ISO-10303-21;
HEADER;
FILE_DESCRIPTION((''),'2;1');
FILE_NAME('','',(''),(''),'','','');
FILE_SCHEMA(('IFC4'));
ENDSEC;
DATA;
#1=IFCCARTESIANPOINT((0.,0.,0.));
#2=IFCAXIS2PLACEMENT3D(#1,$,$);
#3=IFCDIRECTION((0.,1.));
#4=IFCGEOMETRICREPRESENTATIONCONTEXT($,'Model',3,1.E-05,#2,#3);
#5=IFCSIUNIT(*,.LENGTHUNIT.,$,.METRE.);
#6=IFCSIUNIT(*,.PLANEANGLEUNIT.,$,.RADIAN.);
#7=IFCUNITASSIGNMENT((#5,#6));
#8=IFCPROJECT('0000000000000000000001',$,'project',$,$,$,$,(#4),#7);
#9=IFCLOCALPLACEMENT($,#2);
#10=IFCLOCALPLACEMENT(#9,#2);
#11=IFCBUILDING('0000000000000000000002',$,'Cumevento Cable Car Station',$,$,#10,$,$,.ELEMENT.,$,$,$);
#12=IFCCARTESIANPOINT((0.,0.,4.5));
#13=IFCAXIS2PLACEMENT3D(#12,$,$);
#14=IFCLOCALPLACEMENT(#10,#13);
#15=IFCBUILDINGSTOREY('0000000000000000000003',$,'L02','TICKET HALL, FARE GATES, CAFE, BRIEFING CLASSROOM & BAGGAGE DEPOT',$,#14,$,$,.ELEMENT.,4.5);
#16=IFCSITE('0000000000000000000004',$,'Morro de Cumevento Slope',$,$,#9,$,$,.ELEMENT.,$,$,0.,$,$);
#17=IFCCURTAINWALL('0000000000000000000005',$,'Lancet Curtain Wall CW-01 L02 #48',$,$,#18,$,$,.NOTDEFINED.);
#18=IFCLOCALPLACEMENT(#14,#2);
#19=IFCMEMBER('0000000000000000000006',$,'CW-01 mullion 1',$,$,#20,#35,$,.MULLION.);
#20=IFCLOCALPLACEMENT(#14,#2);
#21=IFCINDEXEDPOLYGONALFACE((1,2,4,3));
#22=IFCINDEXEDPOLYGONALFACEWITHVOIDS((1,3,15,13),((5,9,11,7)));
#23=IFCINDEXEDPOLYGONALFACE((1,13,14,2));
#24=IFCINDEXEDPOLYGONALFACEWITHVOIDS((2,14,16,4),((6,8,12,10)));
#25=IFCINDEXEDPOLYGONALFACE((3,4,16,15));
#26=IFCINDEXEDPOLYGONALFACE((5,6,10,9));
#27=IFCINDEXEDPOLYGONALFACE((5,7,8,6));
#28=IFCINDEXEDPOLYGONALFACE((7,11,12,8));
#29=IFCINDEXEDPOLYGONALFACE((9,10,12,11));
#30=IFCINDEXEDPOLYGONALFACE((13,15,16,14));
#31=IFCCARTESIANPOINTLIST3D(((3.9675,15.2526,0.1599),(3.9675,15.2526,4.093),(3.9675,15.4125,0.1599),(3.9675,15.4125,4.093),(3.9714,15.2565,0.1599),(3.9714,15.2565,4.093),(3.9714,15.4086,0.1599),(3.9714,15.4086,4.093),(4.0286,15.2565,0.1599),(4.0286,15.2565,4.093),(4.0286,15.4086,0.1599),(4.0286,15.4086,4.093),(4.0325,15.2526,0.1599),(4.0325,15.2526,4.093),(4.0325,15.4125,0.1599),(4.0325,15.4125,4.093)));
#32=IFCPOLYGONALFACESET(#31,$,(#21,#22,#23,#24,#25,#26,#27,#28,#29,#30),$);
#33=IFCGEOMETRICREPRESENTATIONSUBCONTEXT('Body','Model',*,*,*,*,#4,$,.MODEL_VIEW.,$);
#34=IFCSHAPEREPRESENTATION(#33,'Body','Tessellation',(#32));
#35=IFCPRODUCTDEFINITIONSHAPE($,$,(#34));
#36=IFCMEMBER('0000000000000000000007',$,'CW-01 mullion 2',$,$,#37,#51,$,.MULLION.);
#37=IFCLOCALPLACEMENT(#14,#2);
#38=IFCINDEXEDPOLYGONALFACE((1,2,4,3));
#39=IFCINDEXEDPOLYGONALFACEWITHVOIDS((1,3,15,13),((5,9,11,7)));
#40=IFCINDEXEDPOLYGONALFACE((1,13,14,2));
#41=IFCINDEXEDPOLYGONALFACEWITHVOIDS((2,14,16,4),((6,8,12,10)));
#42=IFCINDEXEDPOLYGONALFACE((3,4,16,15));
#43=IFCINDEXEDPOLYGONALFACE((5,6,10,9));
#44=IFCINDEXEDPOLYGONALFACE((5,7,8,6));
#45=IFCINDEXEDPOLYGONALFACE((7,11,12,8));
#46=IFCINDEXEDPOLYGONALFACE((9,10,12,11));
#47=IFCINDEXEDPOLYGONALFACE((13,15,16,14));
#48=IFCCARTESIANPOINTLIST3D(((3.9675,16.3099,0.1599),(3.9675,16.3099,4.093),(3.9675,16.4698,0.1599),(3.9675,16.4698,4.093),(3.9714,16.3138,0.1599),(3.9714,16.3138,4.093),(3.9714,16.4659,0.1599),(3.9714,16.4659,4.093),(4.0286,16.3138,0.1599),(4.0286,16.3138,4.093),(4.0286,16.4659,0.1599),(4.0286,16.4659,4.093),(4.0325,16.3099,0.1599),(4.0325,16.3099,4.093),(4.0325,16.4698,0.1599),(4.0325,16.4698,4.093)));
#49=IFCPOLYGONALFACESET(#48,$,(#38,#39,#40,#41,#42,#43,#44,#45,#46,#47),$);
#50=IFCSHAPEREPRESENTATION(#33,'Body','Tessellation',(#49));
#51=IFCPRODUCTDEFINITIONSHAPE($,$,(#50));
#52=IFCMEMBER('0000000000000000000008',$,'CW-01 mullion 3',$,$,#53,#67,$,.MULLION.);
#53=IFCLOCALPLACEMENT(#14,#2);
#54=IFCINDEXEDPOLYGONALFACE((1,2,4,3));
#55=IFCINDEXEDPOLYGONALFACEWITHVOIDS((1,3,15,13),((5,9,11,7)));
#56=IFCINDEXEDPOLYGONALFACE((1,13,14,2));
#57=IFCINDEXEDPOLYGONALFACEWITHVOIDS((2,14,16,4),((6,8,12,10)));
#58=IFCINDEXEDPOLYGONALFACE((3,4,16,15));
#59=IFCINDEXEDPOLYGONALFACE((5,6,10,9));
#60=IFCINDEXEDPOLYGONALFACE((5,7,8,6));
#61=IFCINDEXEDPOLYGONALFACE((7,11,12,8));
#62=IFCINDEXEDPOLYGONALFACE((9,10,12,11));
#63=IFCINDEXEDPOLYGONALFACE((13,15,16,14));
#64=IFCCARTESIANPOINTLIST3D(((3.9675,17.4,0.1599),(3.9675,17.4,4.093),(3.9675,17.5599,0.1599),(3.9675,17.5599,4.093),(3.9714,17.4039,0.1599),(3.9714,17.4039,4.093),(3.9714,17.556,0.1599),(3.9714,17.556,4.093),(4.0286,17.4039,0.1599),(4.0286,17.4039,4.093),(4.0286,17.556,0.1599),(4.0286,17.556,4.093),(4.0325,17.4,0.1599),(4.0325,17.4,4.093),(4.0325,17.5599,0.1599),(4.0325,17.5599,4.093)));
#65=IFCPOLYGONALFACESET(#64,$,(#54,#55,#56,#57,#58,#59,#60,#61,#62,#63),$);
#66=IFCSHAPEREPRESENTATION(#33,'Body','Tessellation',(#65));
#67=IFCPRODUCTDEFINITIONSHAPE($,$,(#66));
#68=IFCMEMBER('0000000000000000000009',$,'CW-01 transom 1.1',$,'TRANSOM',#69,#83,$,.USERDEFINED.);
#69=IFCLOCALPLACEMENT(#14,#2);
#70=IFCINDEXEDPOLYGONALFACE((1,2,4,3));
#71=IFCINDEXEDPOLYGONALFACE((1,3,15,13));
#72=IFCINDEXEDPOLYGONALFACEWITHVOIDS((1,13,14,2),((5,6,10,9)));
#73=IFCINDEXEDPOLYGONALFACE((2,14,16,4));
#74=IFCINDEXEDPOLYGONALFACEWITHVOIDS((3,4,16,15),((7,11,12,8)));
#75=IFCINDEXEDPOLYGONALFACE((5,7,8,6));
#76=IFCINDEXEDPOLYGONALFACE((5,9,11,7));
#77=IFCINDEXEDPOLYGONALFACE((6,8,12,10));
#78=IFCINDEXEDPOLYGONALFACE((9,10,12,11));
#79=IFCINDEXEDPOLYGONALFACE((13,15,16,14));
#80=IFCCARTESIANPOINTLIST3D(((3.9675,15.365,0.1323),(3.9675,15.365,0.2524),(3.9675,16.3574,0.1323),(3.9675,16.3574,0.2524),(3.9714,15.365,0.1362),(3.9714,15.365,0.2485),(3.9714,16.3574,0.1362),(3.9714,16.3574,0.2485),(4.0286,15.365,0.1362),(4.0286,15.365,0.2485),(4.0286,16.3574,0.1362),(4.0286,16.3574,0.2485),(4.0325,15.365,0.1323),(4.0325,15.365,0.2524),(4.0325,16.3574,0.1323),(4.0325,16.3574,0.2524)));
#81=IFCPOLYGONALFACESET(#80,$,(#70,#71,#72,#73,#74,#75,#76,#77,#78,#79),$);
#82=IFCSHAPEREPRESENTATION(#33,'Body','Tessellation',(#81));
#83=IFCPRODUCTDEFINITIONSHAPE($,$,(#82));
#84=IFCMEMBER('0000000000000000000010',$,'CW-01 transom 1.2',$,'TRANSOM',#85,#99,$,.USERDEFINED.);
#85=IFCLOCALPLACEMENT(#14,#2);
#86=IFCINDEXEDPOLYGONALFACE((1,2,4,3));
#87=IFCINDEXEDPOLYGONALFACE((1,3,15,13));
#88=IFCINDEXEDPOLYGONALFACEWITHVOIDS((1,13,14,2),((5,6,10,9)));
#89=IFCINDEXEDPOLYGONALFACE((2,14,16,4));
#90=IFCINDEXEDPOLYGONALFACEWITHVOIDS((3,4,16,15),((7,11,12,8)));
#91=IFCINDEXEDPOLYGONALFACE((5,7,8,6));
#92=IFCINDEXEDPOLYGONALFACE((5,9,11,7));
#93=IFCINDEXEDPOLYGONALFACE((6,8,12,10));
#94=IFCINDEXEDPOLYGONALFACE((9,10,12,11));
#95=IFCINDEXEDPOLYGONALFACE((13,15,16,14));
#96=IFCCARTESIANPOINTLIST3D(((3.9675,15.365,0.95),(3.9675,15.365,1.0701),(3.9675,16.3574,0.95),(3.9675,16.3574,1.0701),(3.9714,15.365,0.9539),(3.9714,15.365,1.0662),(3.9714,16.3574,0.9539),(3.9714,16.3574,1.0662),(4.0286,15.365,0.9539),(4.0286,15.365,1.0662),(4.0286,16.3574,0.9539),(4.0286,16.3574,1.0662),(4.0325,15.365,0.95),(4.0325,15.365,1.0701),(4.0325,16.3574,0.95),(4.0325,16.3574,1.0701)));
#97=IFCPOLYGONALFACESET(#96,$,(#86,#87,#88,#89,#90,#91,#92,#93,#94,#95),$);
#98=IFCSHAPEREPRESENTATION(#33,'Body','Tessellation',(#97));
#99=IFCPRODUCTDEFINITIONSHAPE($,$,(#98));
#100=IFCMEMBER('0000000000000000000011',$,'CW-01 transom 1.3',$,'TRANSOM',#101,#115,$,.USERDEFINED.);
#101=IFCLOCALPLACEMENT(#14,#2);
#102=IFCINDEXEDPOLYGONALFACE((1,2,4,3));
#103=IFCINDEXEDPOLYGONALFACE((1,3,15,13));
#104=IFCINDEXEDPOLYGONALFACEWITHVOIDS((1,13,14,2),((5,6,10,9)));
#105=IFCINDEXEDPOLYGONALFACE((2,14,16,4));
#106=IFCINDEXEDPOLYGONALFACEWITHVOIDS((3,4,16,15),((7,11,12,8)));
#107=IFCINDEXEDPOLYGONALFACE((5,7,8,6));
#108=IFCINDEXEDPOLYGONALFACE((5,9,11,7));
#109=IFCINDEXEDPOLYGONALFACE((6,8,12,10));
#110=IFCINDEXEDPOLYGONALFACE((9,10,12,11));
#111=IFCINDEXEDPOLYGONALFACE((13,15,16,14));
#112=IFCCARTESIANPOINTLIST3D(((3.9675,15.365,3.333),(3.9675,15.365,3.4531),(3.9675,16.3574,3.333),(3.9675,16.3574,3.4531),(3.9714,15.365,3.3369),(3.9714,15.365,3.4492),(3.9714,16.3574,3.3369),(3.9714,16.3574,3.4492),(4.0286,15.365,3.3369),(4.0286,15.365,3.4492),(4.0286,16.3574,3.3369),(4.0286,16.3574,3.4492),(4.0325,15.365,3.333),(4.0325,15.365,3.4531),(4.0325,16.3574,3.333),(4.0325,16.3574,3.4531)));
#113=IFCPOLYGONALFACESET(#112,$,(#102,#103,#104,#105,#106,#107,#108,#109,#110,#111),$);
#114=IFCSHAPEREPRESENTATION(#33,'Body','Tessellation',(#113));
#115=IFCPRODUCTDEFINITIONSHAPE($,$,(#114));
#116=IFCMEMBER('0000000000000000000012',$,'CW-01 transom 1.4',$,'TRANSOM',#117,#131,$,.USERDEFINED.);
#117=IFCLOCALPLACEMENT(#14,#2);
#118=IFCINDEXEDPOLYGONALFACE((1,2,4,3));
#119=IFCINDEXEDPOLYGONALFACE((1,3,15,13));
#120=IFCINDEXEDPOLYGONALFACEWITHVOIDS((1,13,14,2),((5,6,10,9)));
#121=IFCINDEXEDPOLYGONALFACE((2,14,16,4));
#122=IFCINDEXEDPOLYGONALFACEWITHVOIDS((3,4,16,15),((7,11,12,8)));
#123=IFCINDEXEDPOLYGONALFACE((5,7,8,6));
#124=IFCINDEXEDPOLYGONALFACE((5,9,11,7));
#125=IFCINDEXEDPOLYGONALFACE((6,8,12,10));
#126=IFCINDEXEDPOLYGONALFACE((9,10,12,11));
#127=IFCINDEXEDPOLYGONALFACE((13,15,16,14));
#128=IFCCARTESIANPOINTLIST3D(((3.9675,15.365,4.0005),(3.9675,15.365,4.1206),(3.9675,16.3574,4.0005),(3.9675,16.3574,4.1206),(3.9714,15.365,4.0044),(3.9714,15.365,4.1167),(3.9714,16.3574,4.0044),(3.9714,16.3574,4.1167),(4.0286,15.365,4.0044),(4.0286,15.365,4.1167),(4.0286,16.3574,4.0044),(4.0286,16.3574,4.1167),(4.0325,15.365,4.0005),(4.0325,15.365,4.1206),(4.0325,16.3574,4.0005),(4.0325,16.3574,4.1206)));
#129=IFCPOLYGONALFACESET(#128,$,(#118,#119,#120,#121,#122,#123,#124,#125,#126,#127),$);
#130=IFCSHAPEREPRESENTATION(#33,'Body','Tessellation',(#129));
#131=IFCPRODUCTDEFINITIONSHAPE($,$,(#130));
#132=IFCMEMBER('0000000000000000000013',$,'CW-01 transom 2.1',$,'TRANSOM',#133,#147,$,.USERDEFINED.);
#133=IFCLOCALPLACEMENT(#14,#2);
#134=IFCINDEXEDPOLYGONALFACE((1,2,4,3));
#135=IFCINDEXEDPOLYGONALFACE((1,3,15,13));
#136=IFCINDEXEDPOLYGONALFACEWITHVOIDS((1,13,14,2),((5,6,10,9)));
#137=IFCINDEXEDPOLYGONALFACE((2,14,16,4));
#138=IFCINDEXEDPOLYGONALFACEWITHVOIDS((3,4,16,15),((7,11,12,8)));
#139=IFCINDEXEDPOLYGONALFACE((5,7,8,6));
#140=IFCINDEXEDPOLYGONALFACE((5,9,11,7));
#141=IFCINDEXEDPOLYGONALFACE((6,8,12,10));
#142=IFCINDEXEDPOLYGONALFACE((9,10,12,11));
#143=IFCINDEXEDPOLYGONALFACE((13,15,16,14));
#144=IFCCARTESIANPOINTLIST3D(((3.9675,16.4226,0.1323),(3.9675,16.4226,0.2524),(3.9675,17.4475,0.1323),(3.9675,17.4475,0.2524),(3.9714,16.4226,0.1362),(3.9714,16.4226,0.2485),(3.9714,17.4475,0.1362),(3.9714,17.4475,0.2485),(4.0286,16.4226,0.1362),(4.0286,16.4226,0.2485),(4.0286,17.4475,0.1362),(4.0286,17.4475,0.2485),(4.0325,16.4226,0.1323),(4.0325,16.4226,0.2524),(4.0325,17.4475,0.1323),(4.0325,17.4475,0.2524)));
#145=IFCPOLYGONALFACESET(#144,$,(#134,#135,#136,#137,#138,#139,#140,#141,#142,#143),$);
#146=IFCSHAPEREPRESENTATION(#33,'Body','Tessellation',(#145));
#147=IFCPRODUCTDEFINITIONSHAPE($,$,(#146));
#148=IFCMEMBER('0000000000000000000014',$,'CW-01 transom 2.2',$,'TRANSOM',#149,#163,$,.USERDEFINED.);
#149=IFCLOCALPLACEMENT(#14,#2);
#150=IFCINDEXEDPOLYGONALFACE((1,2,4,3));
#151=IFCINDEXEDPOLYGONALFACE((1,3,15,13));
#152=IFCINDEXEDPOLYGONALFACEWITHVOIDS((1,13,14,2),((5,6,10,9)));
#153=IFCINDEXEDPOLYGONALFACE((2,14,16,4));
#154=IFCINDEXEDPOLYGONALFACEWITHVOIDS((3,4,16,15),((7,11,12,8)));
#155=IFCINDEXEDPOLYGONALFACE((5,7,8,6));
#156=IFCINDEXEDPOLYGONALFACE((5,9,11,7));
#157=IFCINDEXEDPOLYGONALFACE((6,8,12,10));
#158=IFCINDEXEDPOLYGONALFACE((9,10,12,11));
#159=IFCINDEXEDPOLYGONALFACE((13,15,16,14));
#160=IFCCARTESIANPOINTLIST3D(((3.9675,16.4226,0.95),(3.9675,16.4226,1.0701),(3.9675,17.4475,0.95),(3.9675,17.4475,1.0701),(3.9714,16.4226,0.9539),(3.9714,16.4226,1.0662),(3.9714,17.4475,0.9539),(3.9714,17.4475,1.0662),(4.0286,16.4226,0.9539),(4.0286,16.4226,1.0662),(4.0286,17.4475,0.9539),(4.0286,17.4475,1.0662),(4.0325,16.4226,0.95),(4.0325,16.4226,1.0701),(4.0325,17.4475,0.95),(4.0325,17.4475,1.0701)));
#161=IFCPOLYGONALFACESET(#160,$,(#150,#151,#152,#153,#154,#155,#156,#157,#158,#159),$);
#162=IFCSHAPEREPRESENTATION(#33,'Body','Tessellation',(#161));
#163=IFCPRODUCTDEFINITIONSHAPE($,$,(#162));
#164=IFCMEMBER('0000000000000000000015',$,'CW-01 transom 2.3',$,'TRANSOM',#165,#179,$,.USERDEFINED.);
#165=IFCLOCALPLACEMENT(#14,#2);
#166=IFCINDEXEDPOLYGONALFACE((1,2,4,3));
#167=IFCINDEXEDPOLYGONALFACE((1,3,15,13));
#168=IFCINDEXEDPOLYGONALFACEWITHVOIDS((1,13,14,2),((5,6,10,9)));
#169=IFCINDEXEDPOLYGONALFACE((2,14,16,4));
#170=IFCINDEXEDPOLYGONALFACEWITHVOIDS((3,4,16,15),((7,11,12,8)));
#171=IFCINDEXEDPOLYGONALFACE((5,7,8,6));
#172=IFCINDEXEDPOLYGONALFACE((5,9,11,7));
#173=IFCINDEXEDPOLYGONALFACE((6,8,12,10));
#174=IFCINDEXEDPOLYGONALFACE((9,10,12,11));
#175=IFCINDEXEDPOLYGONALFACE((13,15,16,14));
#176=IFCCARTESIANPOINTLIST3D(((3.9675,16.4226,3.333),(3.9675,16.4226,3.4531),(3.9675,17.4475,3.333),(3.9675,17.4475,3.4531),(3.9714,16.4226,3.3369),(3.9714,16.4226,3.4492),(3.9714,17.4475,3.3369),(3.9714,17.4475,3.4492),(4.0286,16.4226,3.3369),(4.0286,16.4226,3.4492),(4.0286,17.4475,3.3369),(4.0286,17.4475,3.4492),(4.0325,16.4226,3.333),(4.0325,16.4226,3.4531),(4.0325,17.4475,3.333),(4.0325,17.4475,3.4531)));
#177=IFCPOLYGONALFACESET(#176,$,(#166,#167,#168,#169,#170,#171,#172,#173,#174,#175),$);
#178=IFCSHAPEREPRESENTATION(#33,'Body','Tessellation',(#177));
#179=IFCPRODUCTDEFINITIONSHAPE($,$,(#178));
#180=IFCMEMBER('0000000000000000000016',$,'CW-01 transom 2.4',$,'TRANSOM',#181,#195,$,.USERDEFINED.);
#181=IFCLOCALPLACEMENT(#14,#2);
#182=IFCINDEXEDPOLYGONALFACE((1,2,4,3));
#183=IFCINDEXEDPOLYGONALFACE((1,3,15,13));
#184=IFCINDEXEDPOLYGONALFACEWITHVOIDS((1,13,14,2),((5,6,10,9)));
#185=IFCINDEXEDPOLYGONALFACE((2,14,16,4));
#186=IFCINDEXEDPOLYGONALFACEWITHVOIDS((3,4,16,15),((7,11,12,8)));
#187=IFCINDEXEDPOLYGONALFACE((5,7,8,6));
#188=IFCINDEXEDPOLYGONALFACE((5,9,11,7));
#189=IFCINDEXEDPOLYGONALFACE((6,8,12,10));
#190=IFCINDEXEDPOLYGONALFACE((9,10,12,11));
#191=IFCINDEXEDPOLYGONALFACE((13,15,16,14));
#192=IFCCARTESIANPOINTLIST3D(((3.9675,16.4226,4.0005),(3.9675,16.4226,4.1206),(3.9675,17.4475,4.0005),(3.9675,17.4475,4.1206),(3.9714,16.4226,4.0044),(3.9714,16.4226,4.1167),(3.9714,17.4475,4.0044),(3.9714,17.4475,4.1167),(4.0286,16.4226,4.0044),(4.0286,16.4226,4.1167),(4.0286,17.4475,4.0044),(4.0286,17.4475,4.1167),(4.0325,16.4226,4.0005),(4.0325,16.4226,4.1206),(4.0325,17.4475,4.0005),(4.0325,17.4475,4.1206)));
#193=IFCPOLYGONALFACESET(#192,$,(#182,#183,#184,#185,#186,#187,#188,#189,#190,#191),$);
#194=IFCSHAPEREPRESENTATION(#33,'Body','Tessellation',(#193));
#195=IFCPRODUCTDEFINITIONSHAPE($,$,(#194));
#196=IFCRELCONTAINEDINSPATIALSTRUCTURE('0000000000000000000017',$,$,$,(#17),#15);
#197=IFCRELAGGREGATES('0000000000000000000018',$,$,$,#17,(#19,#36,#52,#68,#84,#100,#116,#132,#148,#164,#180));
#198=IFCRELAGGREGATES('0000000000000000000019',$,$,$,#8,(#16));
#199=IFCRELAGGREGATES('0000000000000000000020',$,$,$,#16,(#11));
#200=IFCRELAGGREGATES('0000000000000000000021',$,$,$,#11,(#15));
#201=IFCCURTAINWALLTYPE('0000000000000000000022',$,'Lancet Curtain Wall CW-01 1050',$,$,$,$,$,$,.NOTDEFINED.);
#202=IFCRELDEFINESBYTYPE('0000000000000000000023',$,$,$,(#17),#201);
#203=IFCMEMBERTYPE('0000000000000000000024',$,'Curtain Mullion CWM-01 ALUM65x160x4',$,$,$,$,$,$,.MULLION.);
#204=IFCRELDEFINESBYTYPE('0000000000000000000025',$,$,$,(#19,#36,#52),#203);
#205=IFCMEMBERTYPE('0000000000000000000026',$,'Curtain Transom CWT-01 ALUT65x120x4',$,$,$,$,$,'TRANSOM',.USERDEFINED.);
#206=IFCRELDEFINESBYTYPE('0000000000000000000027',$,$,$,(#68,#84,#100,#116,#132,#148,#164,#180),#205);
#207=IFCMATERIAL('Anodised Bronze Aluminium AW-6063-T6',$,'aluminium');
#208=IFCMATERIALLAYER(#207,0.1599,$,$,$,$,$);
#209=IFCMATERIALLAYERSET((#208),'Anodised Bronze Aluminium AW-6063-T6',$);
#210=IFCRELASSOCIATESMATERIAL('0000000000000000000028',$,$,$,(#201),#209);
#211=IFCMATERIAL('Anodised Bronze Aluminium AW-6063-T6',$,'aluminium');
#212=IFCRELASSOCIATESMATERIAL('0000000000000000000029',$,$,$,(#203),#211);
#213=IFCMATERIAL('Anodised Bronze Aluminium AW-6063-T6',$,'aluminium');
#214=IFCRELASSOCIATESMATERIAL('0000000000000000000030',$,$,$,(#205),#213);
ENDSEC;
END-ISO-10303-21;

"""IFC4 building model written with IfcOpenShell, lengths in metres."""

from ifc_helpers import new_model, si_unit, direction, frame, origin, origin_2d, place, context, subcontext, project, spatial, hollow_rectangle, extrude, material, layer, layer_set, material_profile, profile_set, type_object, element, aggregate, save


model = new_model("IFC4")

# Units and contexts
model_context = context("Model", 3, precision=1e-05, world=origin(), true_north=direction((0.0, 1.0)))
body_context = subcontext(model_context, "Body", "Model", "MODEL_VIEW")
ifc_project = project(units=[si_unit("LENGTHUNIT", "METRE"), si_unit("PLANEANGLEUNIT", "RADIAN")], contexts=[model_context])

# Site, building, storey
site_placement = place(None, origin())
site = spatial("IfcSite", under=ifc_project, at=site_placement, Name="Morro de Cumevento Slope", CompositionType="ELEMENT", RefElevation=0.0)
building_placement = place(site_placement, origin())
building = spatial("IfcBuilding", under=site, at=building_placement, Name="Cumevento Cable Car Station", CompositionType="ELEMENT")
storey_placement = place(building_placement, frame((0.0, 0.0, 4.5)))
storey = spatial("IfcBuildingStorey", under=building, at=storey_placement, Name="L02", Description="TICKET HALL, FARE GATES, CAFE, BRIEFING CLASSROOM & BAGGAGE DEPOT", CompositionType="ELEMENT", Elevation=4.5)

# Curtain wall, members
ifc_material_1 = material(Name="Anodised Bronze Aluminium AW-6063-T6", Category="aluminium")
ifc_layer_1 = layer(ifc_material_1, 0.1599)
ifc_layer_set_1 = layer_set([ifc_layer_1], Name="Anodised Bronze Aluminium AW-6063-T6")
curtain_wall_type = type_object("IfcCurtainWallType", Name="Lancet Curtain Wall CW-01 1050", PredefinedType="NOTDEFINED", material=ifc_layer_set_1)
curtain_wall_placement = place(storey_placement, origin())
curtain_wall = element("IfcCurtainWall", 1, at=curtain_wall_placement, inside=storey, type_object=curtain_wall_type, Name="Lancet Curtain Wall CW-01 L02 #48", PredefinedType="NOTDEFINED")
ifc_material_2 = material(Name="Anodised Bronze Aluminium AW-6063-T6", Category="aluminium")
ifc_material_profile_1 = material_profile(ifc_material_2, hollow_rectangle(XDim=0.0649, YDim=0.1599, WallThickness=0.0039, at=origin_2d()), Name="ALUM65x160x4")
ifc_profile_set_1 = profile_set([ifc_material_profile_1], Name="Anodised Bronze Aluminium AW-6063-T6")
member_type_1 = type_object("IfcMemberType", Name="Curtain Mullion CWM-01 ALUM65x160x4", PredefinedType="MULLION", material=ifc_profile_set_1)
member_1_placement = place(storey_placement, frame((4.0, 15.3325, 0.1599), z_axis=(0.0, 0.0, 1.0), x_axis=(-1.0, 0.0, 0.0)))
member_1 = element("IfcMember", 2, at=member_1_placement, type_object=member_type_1, Name="CW-01 mullion 1", PredefinedType="MULLION", context=body_context, shape_type="SweptSolid", body=[
    extrude(hollow_rectangle(XDim=0.0649, YDim=0.1599, WallThickness=0.0039, at=origin_2d()), origin(), (0.0, 0.0, 1.0), 3.9331),
])
member_2_placement = place(storey_placement, frame((4.0, 16.3899, 0.1599), z_axis=(0.0, 0.0, 1.0), x_axis=(-1.0, 0.0, 0.0)))
member_2 = element("IfcMember", 3, at=member_2_placement, type_object=member_type_1, Name="CW-01 mullion 2", PredefinedType="MULLION", context=body_context, shape_type="SweptSolid", body=[
    extrude(hollow_rectangle(XDim=0.0649, YDim=0.1599, WallThickness=0.0039, at=origin_2d()), origin(), (0.0, 0.0, 1.0), 3.9331),
])
member_3_placement = place(storey_placement, frame((4.0, 17.48, 0.1599), z_axis=(0.0, 0.0, 1.0), x_axis=(-1.0, 0.0, 0.0)))
member_3 = element("IfcMember", 4, at=member_3_placement, type_object=member_type_1, Name="CW-01 mullion 3", PredefinedType="MULLION", context=body_context, shape_type="SweptSolid", body=[
    extrude(hollow_rectangle(XDim=0.0649, YDim=0.1599, WallThickness=0.0039, at=origin_2d()), origin(), (0.0, 0.0, 1.0), 3.9331),
])
ifc_material_3 = material(Name="Anodised Bronze Aluminium AW-6063-T6", Category="aluminium")
ifc_material_profile_2 = material_profile(ifc_material_3, hollow_rectangle(XDim=0.0649, YDim=0.1201, WallThickness=0.0039, at=origin_2d()), Name="ALUT65x120x4")
ifc_profile_set_2 = profile_set([ifc_material_profile_2], Name="Anodised Bronze Aluminium AW-6063-T6")
member_type_2 = type_object("IfcMemberType", Name="Curtain Transom CWT-01 ALUT65x120x4", ElementType="TRANSOM", PredefinedType="USERDEFINED", material=ifc_profile_set_2)
member_4_placement = place(storey_placement, frame((4.0, 15.365, 0.1924), z_axis=(0.0, 1.0, 0.0), x_axis=(-1.0, 0.0, 0.0)))
member_4 = element("IfcMember", 5, at=member_4_placement, type_object=member_type_2, Name="CW-01 transom 1.1", ObjectType="TRANSOM", PredefinedType="USERDEFINED", context=body_context, shape_type="SweptSolid", body=[
    extrude(hollow_rectangle(XDim=0.0649, YDim=0.1201, WallThickness=0.0039, at=origin_2d()), origin(), (0.0, 0.0, 1.0), 0.9924),
])
member_5_placement = place(storey_placement, frame((4.0, 15.365, 1.01), z_axis=(0.0, 1.0, 0.0), x_axis=(-1.0, 0.0, 0.0)))
member_5 = element("IfcMember", 6, at=member_5_placement, type_object=member_type_2, Name="CW-01 transom 1.2", ObjectType="TRANSOM", PredefinedType="USERDEFINED", context=body_context, shape_type="SweptSolid", body=[
    extrude(hollow_rectangle(XDim=0.0649, YDim=0.1201, WallThickness=0.0039, at=origin_2d()), origin(), (0.0, 0.0, 1.0), 0.9924),
])
member_6_placement = place(storey_placement, frame((4.0, 15.365, 3.3931), z_axis=(0.0, 1.0, 0.0), x_axis=(-1.0, 0.0, 0.0)))
member_6 = element("IfcMember", 7, at=member_6_placement, type_object=member_type_2, Name="CW-01 transom 1.3", ObjectType="TRANSOM", PredefinedType="USERDEFINED", context=body_context, shape_type="SweptSolid", body=[
    extrude(hollow_rectangle(XDim=0.0649, YDim=0.1201, WallThickness=0.0039, at=origin_2d()), origin(), (0.0, 0.0, 1.0), 0.9924),
])
member_7_placement = place(storey_placement, frame((4.0, 15.365, 4.0605), z_axis=(0.0, 1.0, 0.0), x_axis=(-1.0, 0.0, 0.0)))
member_7 = element("IfcMember", 8, at=member_7_placement, type_object=member_type_2, Name="CW-01 transom 1.4", ObjectType="TRANSOM", PredefinedType="USERDEFINED", context=body_context, shape_type="SweptSolid", body=[
    extrude(hollow_rectangle(XDim=0.0649, YDim=0.1201, WallThickness=0.0039, at=origin_2d()), origin(), (0.0, 0.0, 1.0), 0.9924),
])
member_8_placement = place(storey_placement, frame((4.0, 16.4226, 0.1924), z_axis=(0.0, 1.0, 0.0), x_axis=(-1.0, 0.0, 0.0)))
member_8 = element("IfcMember", 9, at=member_8_placement, type_object=member_type_2, Name="CW-01 transom 2.1", ObjectType="TRANSOM", PredefinedType="USERDEFINED", context=body_context, shape_type="SweptSolid", body=[
    extrude(hollow_rectangle(XDim=0.0649, YDim=0.1201, WallThickness=0.0039, at=origin_2d()), origin(), (0.0, 0.0, 1.0), 1.0249),
])
member_9_placement = place(storey_placement, frame((4.0, 16.4226, 1.01), z_axis=(0.0, 1.0, 0.0), x_axis=(-1.0, 0.0, 0.0)))
member_9 = element("IfcMember", 10, at=member_9_placement, type_object=member_type_2, Name="CW-01 transom 2.2", ObjectType="TRANSOM", PredefinedType="USERDEFINED", context=body_context, shape_type="SweptSolid", body=[
    extrude(hollow_rectangle(XDim=0.0649, YDim=0.1201, WallThickness=0.0039, at=origin_2d()), origin(), (0.0, 0.0, 1.0), 1.0249),
])
member_10_placement = place(storey_placement, frame((4.0, 16.4226, 3.3931), z_axis=(0.0, 1.0, 0.0), x_axis=(-1.0, 0.0, 0.0)))
member_10 = element("IfcMember", 11, at=member_10_placement, type_object=member_type_2, Name="CW-01 transom 2.3", ObjectType="TRANSOM", PredefinedType="USERDEFINED", context=body_context, shape_type="SweptSolid", body=[
    extrude(hollow_rectangle(XDim=0.0649, YDim=0.1201, WallThickness=0.0039, at=origin_2d()), origin(), (0.0, 0.0, 1.0), 1.0249),
])
member_11_placement = place(storey_placement, frame((4.0, 16.4226, 4.0605), z_axis=(0.0, 1.0, 0.0), x_axis=(-1.0, 0.0, 0.0)))
member_11 = element("IfcMember", 12, at=member_11_placement, type_object=member_type_2, Name="CW-01 transom 2.4", ObjectType="TRANSOM", PredefinedType="USERDEFINED", context=body_context, shape_type="SweptSolid", body=[
    extrude(hollow_rectangle(XDim=0.0649, YDim=0.1201, WallThickness=0.0039, at=origin_2d()), origin(), (0.0, 0.0, 1.0), 1.0249),
])

aggregate(curtain_wall, [member_1, member_2, member_3, member_4, member_5, member_6, member_7, member_8, member_9, member_10, member_11])

save(model, "model.ifc")
